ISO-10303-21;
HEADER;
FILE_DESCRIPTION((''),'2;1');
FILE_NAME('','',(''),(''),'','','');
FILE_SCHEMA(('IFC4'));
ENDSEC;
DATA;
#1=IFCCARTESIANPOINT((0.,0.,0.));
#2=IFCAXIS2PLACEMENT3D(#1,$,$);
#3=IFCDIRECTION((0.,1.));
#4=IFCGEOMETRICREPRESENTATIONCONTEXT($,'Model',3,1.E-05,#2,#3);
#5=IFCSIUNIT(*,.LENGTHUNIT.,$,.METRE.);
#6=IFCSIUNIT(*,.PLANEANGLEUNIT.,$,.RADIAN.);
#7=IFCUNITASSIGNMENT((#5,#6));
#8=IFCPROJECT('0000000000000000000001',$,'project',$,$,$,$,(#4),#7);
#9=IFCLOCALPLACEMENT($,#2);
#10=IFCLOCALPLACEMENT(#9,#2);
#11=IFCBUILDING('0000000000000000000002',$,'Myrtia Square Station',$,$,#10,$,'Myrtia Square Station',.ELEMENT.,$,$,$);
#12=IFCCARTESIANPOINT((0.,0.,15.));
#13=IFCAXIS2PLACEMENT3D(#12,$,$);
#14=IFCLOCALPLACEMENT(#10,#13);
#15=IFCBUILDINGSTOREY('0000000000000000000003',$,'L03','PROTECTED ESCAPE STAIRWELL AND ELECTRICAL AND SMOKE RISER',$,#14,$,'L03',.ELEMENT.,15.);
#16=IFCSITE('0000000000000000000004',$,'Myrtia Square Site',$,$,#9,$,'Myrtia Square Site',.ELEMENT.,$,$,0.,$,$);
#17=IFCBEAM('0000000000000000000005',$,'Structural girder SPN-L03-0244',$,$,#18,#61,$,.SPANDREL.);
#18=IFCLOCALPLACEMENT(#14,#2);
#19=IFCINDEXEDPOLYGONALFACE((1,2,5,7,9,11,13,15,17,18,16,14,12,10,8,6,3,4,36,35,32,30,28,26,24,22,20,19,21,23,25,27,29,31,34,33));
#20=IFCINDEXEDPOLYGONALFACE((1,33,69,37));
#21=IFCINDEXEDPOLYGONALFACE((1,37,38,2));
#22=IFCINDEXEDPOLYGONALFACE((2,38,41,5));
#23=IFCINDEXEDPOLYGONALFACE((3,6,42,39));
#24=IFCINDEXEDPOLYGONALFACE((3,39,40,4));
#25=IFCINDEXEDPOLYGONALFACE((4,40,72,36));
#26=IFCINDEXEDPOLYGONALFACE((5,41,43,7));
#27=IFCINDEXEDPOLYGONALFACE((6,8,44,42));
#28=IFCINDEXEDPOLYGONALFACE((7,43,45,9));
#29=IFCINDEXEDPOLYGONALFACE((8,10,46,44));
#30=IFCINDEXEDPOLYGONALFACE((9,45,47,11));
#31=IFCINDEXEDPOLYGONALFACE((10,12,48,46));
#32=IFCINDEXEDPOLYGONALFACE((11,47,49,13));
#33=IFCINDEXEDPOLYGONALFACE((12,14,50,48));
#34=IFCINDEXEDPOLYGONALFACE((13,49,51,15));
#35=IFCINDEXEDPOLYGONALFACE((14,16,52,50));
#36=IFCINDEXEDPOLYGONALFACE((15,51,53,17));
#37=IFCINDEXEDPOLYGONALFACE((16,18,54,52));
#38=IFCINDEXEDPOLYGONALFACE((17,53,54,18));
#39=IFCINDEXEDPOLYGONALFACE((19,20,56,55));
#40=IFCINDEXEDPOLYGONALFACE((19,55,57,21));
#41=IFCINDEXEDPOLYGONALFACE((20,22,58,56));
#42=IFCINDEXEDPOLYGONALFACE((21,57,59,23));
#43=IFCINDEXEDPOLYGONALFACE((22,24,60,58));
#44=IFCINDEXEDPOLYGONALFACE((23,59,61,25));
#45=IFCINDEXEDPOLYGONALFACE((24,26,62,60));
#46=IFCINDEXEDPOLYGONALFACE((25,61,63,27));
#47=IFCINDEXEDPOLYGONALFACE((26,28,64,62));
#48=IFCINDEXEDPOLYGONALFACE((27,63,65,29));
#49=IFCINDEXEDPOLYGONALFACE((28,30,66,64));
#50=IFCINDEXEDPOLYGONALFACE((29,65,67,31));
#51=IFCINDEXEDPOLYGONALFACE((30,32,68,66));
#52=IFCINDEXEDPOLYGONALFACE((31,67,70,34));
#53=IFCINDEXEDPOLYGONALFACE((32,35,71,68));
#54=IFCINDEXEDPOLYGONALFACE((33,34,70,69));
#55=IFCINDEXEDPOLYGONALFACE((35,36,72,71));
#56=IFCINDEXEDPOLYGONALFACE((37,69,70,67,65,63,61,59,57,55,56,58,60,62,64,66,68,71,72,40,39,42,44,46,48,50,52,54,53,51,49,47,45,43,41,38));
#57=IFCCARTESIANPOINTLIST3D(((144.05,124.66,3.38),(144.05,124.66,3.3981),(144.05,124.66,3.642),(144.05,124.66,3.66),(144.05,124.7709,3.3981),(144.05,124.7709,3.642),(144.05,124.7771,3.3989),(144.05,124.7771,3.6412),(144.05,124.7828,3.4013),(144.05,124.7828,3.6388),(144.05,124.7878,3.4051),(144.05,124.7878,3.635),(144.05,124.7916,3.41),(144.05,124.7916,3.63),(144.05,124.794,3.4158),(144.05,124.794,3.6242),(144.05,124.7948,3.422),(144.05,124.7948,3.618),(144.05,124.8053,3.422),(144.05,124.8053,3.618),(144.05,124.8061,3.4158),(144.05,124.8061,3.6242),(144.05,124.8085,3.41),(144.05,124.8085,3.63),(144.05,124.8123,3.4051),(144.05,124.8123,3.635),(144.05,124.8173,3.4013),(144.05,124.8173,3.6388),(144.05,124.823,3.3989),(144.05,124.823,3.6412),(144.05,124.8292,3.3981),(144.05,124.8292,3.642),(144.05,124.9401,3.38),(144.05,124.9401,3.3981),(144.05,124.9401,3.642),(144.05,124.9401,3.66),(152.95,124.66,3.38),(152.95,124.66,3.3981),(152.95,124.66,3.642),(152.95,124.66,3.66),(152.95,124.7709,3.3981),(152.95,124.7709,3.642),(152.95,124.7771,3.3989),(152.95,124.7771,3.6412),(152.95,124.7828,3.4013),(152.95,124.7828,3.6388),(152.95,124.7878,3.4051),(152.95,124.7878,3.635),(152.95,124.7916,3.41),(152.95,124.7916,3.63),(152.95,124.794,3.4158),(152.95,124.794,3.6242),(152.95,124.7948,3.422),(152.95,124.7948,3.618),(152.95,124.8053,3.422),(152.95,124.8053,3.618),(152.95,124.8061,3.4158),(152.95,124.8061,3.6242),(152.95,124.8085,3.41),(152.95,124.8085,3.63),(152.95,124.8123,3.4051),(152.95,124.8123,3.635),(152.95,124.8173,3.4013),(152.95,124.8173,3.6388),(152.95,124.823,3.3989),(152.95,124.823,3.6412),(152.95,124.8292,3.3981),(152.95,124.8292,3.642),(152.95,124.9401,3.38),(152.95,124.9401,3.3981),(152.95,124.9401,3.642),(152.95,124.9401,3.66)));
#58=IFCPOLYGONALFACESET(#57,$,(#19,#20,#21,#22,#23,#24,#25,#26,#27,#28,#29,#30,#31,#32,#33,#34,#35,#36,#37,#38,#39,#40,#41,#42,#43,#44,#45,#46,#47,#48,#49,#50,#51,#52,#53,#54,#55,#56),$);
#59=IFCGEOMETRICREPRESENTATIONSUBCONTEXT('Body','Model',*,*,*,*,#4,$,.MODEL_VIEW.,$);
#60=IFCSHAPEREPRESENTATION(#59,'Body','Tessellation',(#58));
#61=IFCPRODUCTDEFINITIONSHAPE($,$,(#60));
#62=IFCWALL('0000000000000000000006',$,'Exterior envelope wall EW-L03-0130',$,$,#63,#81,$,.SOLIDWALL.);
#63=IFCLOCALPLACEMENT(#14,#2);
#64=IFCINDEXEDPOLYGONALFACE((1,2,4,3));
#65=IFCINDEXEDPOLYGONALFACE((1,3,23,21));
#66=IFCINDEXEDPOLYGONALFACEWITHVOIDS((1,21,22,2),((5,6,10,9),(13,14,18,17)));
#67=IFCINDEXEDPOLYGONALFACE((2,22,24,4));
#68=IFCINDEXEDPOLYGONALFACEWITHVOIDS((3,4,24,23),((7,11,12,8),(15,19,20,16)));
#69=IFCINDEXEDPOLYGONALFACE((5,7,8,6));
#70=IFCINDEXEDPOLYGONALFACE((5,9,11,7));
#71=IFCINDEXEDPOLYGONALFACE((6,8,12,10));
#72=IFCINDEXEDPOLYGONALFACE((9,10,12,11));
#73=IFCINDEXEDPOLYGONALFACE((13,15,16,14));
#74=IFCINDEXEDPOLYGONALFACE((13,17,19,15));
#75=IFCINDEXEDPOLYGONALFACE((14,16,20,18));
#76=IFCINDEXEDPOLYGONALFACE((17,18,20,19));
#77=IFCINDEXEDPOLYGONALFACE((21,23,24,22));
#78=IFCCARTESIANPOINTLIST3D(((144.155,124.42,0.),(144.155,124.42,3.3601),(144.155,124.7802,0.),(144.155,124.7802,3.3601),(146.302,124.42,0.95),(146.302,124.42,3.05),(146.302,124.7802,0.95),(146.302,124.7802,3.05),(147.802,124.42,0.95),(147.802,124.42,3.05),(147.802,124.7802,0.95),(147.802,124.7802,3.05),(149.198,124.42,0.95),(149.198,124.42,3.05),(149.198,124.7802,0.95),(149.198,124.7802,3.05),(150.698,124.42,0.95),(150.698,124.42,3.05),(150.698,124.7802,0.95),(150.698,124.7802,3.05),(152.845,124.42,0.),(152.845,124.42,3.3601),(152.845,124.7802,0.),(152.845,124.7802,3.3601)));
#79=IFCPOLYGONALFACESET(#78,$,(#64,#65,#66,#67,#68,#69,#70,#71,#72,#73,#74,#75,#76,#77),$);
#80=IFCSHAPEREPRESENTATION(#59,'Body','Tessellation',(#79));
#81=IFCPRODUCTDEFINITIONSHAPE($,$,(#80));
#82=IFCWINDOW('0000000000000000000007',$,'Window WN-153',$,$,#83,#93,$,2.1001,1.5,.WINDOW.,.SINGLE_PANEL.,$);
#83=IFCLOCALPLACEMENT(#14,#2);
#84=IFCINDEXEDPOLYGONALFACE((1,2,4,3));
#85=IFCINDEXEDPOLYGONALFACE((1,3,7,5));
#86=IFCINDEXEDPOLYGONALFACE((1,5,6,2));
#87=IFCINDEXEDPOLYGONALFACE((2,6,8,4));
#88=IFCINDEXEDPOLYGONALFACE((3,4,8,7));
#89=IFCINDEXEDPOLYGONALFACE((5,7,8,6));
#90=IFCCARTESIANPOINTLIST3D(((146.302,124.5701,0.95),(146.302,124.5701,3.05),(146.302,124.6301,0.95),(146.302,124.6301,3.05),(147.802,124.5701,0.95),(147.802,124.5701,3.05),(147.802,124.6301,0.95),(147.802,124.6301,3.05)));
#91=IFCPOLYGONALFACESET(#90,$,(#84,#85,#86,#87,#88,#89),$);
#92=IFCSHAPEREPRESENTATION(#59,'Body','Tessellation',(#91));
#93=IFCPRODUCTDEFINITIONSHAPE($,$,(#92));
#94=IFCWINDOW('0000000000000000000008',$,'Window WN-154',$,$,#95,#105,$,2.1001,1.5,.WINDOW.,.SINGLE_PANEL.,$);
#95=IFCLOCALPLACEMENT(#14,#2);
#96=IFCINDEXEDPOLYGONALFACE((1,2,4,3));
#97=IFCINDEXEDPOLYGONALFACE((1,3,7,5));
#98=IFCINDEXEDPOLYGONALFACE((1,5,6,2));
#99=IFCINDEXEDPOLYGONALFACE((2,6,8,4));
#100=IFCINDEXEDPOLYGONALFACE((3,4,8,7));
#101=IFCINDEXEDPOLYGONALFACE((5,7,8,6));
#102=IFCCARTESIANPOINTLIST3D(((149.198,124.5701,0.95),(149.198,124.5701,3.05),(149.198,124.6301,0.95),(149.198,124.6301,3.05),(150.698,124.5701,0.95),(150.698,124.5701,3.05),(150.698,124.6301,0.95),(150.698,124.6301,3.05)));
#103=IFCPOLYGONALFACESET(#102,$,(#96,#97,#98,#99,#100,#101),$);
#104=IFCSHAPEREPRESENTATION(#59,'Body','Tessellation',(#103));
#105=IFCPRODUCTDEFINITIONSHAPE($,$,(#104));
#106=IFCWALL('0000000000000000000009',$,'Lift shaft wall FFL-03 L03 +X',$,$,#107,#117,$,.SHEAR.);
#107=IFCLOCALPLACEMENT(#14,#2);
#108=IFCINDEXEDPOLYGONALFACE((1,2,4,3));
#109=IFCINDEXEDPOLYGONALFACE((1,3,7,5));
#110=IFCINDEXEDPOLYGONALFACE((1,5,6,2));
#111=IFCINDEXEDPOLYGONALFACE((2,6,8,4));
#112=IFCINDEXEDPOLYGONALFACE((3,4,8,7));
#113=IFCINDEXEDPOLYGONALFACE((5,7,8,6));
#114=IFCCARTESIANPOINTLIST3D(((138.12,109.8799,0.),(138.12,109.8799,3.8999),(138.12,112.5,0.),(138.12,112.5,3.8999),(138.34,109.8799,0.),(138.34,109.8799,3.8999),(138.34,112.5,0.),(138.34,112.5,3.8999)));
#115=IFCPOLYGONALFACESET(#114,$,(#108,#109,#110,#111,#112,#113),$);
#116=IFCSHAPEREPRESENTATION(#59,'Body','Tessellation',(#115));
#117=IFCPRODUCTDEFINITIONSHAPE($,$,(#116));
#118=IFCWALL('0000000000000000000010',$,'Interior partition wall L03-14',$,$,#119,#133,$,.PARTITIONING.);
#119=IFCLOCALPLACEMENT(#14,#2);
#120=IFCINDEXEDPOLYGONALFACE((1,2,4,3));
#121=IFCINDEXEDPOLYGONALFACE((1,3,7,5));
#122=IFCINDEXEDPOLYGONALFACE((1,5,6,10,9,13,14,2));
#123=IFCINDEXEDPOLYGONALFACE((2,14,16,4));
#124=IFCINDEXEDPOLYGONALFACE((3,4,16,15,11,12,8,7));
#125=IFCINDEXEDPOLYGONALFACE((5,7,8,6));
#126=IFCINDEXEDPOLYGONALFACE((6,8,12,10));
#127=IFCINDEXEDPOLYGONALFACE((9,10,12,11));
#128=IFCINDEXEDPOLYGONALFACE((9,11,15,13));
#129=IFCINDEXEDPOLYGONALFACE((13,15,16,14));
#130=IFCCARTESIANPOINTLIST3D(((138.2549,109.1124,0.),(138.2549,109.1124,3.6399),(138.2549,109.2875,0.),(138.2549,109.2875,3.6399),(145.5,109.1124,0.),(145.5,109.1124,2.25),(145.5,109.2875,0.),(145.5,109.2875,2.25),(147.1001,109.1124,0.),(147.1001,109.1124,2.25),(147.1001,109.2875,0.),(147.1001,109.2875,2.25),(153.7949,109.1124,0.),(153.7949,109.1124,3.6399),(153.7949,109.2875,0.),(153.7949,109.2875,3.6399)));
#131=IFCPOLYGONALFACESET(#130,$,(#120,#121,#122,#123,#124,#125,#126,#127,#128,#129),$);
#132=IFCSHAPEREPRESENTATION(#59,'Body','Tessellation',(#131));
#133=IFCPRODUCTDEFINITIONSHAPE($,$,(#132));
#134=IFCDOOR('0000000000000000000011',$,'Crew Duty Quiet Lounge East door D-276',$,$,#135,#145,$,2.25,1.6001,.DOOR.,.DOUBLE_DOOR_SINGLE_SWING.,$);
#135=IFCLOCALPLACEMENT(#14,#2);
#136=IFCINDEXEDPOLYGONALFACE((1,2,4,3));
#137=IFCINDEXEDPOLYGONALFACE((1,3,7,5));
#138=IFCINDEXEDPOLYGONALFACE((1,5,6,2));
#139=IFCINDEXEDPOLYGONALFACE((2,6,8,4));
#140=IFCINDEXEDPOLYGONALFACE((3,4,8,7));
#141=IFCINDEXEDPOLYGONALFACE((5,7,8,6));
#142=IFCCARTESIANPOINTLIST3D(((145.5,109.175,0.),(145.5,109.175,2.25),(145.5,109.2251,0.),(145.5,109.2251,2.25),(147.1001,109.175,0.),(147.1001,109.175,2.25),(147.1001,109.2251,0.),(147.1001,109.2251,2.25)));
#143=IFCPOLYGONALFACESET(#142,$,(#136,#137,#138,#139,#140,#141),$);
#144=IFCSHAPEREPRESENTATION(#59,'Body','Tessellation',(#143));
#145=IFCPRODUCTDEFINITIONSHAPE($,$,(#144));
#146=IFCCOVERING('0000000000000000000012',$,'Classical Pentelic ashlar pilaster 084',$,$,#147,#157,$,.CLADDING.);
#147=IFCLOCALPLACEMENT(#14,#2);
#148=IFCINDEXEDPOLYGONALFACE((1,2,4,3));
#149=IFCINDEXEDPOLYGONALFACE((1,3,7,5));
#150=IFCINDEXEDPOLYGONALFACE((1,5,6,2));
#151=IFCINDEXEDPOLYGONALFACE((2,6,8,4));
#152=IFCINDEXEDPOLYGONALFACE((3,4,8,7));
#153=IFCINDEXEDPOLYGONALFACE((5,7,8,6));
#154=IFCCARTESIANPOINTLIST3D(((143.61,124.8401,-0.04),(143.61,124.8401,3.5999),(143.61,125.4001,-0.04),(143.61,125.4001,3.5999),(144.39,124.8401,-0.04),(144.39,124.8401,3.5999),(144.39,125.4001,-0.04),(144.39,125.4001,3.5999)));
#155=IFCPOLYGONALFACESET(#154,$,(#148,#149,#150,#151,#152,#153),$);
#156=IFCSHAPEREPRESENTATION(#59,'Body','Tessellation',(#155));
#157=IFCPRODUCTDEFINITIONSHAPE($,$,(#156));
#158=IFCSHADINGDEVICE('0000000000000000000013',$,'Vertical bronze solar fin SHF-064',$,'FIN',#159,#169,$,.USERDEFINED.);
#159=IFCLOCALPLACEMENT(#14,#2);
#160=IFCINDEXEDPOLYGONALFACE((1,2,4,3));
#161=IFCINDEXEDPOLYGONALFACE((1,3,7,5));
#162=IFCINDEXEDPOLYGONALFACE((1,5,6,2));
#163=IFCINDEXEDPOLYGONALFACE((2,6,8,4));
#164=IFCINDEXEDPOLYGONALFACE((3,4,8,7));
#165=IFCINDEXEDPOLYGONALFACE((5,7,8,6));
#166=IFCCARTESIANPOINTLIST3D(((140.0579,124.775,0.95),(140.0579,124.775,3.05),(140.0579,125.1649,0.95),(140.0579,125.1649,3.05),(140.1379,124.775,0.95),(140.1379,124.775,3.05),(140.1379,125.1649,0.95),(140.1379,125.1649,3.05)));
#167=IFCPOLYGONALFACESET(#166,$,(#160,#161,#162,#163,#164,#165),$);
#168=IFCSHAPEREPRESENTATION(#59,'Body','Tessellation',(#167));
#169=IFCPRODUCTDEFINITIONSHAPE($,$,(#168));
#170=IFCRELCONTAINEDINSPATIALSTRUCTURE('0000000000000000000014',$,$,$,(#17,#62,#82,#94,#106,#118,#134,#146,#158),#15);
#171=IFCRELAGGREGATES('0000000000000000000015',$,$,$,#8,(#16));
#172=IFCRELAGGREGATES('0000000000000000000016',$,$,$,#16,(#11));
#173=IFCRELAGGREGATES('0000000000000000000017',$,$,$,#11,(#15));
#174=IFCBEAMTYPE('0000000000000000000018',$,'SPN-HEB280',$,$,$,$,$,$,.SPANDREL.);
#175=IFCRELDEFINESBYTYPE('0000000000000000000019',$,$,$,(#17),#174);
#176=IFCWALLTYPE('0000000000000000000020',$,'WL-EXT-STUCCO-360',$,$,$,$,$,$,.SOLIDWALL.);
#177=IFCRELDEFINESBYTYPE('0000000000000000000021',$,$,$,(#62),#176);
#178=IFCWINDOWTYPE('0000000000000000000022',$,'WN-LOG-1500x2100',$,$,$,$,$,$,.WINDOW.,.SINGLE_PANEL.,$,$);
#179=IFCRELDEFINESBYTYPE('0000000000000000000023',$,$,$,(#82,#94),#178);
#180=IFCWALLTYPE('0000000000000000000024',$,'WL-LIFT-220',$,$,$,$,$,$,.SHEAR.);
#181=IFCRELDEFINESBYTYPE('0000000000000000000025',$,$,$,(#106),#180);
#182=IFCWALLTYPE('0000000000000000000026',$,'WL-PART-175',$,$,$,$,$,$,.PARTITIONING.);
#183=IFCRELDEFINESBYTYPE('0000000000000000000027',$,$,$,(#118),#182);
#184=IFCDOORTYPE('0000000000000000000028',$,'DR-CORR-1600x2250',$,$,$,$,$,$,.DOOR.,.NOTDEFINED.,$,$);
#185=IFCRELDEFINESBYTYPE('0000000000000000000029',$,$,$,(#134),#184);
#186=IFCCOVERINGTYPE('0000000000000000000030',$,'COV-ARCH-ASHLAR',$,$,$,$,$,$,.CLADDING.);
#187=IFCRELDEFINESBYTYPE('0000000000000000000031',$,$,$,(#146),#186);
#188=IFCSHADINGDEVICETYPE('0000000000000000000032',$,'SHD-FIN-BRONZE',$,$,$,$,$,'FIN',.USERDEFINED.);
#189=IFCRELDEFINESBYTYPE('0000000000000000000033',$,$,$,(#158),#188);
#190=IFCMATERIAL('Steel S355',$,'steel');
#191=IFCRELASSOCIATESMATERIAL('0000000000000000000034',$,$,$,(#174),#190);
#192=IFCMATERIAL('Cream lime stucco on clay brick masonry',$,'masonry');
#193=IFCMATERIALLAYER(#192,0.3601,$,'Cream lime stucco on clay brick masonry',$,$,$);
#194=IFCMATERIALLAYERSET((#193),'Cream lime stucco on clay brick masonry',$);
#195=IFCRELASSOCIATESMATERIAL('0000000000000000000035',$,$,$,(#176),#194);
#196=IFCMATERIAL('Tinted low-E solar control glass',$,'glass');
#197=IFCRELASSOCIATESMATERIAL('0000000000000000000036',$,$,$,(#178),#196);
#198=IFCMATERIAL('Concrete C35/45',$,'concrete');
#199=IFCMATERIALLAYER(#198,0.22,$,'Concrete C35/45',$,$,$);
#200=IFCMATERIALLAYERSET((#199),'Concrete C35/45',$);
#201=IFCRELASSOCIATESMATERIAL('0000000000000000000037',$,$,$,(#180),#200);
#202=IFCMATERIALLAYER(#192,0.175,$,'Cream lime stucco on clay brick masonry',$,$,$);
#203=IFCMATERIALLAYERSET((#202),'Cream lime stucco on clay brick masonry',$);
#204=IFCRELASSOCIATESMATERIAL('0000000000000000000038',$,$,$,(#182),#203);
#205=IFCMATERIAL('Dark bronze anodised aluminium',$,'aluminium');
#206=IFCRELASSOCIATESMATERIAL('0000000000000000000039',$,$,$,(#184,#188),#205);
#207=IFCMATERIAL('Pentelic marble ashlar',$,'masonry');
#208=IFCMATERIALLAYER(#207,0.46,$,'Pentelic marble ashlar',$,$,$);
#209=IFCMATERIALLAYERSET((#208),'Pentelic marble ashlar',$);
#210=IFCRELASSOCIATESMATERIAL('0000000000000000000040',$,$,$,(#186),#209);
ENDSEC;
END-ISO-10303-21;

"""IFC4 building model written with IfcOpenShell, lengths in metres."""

from ifc_helpers import new_model, si_unit, direction, frame, frame_2d, origin, origin_2d, place, context, subcontext, project, spatial, rectangle, i_section, extrude, material, layer, layer_set, material_profile, profile_set, type_object, element, fill, save


model = new_model("IFC4")

# Units and contexts
model_context = context("Model", 3, precision=1e-05, world=origin(), true_north=direction((0.0, 1.0)))
body_context = subcontext(model_context, "Body", "Model", "MODEL_VIEW")
ifc_project = project(units=[si_unit("LENGTHUNIT", "METRE"), si_unit("PLANEANGLEUNIT", "RADIAN")], contexts=[model_context])

# Site, building, storey
site_placement = place(None, origin())
site = spatial("IfcSite", under=ifc_project, at=site_placement, Name="Myrtia Square Site", LongName="Myrtia Square Site", CompositionType="ELEMENT", RefElevation=0.0)
building_placement = place(site_placement, origin())
building = spatial("IfcBuilding", under=site, at=building_placement, Name="Myrtia Square Station", LongName="Myrtia Square Station", CompositionType="ELEMENT")
storey_placement = place(building_placement, frame((0.0, 0.0, 15.0)))
storey = spatial("IfcBuildingStorey", under=building, at=storey_placement, Name="L03", Description="PROTECTED ESCAPE STAIRWELL AND ELECTRICAL AND SMOKE RISER", LongName="L03", CompositionType="ELEMENT", Elevation=15.0)

# Shared definitions
ifc_material_1 = material(Name="Steel S355", Category="steel")

# Beam
ifc_material_profile_1 = material_profile(ifc_material_1, i_section(OverallWidth=0.28, OverallDepth=0.28, WebThickness=0.0105, FlangeThickness=0.0181, FilletRadius=0.0239, at=origin_2d()), Name="HEB 280")
ifc_profile_set_1 = profile_set([ifc_material_profile_1], Name="Steel S355")
beam_type_1 = type_object("IfcBeamType", Name="SPN-HEB280", PredefinedType="SPANDREL", material=ifc_profile_set_1)
beam_1_placement = place(storey_placement, frame((144.05, 124.8, 3.52), z_axis=(1.0, 0.0, 0.0), x_axis=(0.0, 1.0, 0.0)))
element("IfcBeam", 1, at=beam_1_placement, inside=storey, type_object=beam_type_1, Name="Structural girder SPN-L03-0244", PredefinedType="SPANDREL", context=body_context, shape_type="SweptSolid", body=[
    extrude(i_section(OverallWidth=0.28, OverallDepth=0.28, WebThickness=0.0105, FlangeThickness=0.0181, FilletRadius=0.0239, at=origin_2d()), origin(), (0.0, 0.0, 1.0), 8.8999),
])

# Wall, openings, windows
ifc_material_2 = material(Name="Cream lime stucco on clay brick masonry", Category="masonry")
ifc_layer_1 = layer(ifc_material_2, 0.3601, Name="Cream lime stucco on clay brick masonry")
ifc_layer_set_1 = layer_set([ifc_layer_1], Name="Cream lime stucco on clay brick masonry")
wall_type_1 = type_object("IfcWallType", Name="WL-EXT-STUCCO-360", PredefinedType="SOLIDWALL", material=ifc_layer_set_1)
wall_1_placement = place(storey_placement, frame((144.155, 124.6001, 0.0), z_axis=(0.0, 0.0, 1.0), x_axis=(1.0, 0.0, 0.0)))
wall_1 = element("IfcWall", 2, at=wall_1_placement, inside=storey, type_object=wall_type_1, Name="Exterior envelope wall EW-L03-0130", PredefinedType="SOLIDWALL", context=body_context, shape_type="SweptSolid", body=[
    extrude(rectangle(XDim=8.6899, YDim=0.3601, at=frame_2d((4.345, 0.0))), origin(), (0.0, 0.0, 1.0), 3.3601),
])
opening_1_placement = place(wall_1_placement, frame((2.147, 0.0, 0.95)))
opening_1 = element("IfcOpeningElement", 3, at=opening_1_placement, cuts=wall_1, PredefinedType="OPENING", context=body_context, shape_type="SweptSolid", body=[
    extrude(rectangle(XDim=1.5, YDim=2.1001, at=frame_2d((0.75, 1.05))), frame((0.0, 0.1951, 0.0), z_axis=(0.0, -1.0, 0.0), x_axis=(1.0, 0.0, 0.0)), (0.0, 0.0, 1.0), 0.3901),
])
opening_2_placement = place(wall_1_placement, frame((5.043, 0.0, 0.95)))
opening_2 = element("IfcOpeningElement", 4, at=opening_2_placement, cuts=wall_1, PredefinedType="OPENING", context=body_context, shape_type="SweptSolid", body=[
    extrude(rectangle(XDim=1.5, YDim=2.1001, at=frame_2d((0.75, 1.05))), frame((0.0, 0.1951, 0.0), z_axis=(0.0, -1.0, 0.0), x_axis=(1.0, 0.0, 0.0)), (0.0, 0.0, 1.0), 0.3901),
])
ifc_material_3 = material(Name="Tinted low-E solar control glass", Category="glass")
window_type = type_object("IfcWindowType", Name="WN-LOG-1500x2100", PartitioningType="SINGLE_PANEL", PredefinedType="WINDOW", material=ifc_material_3)
window_1_placement = place(opening_1_placement, origin())
window_1 = element("IfcWindow", 5, at=window_1_placement, inside=storey, type_object=window_type, Name="Window WN-153", OverallHeight=2.1001, OverallWidth=1.5, PartitioningType="SINGLE_PANEL", PredefinedType="WINDOW", context=body_context, shape_type="SweptSolid", body=[
    extrude(rectangle(XDim=1.5, YDim=2.1001, at=frame_2d((0.75, 1.05))), frame((0.0, 0.03, 0.0), z_axis=(0.0, -1.0, 0.0), x_axis=(1.0, 0.0, 0.0)), (0.0, 0.0, 1.0), 0.0601),
])
fill(opening_1, window_1)
window_2_placement = place(opening_2_placement, origin())
window_2 = element("IfcWindow", 6, at=window_2_placement, inside=storey, type_object=window_type, Name="Window WN-154", OverallHeight=2.1001, OverallWidth=1.5, PartitioningType="SINGLE_PANEL", PredefinedType="WINDOW", context=body_context, shape_type="SweptSolid", body=[
    extrude(rectangle(XDim=1.5, YDim=2.1001, at=frame_2d((0.75, 1.05))), frame((0.0, 0.03, 0.0), z_axis=(0.0, -1.0, 0.0), x_axis=(1.0, 0.0, 0.0)), (0.0, 0.0, 1.0), 0.0601),
])
fill(opening_2, window_2)

# Wall
ifc_material_4 = material(Name="Concrete C35/45", Category="concrete")
ifc_layer_2 = layer(ifc_material_4, 0.22, Name="Concrete C35/45")
ifc_layer_set_2 = layer_set([ifc_layer_2], Name="Concrete C35/45")
wall_type_2 = type_object("IfcWallType", Name="WL-LIFT-220", PredefinedType="SHEAR", material=ifc_layer_set_2)
wall_2_placement = place(storey_placement, frame((138.23, 109.8799, 0.0), z_axis=(0.0, 0.0, 1.0), x_axis=(0.0, 1.0, 0.0)))
element("IfcWall", 7, at=wall_2_placement, inside=storey, type_object=wall_type_2, Name="Lift shaft wall FFL-03 L03 +X", PredefinedType="SHEAR", context=body_context, shape_type="SweptSolid", body=[
    extrude(rectangle(XDim=2.6201, YDim=0.22, at=frame_2d((1.3101, 0.0))), origin(), (0.0, 0.0, 1.0), 3.8999),
])

# Wall, opening, door
ifc_layer_3 = layer(ifc_material_2, 0.175, Name="Cream lime stucco on clay brick masonry")
ifc_layer_set_3 = layer_set([ifc_layer_3], Name="Cream lime stucco on clay brick masonry")
wall_type_3 = type_object("IfcWallType", Name="WL-PART-175", PredefinedType="PARTITIONING", material=ifc_layer_set_3)
wall_3_placement = place(storey_placement, frame((138.2549, 109.2, 0.0), z_axis=(0.0, 0.0, 1.0), x_axis=(1.0, 0.0, 0.0)))
wall_3 = element("IfcWall", 8, at=wall_3_placement, inside=storey, type_object=wall_type_3, Name="Interior partition wall L03-14", PredefinedType="PARTITIONING", context=body_context, shape_type="SweptSolid", body=[
    extrude(rectangle(XDim=15.54, YDim=0.175, at=frame_2d((7.77, 0.0))), origin(), (0.0, 0.0, 1.0), 3.6399),
])
opening_3_placement = place(wall_3_placement, frame((7.2451, 0.0, 0.0)))
opening_3 = element("IfcOpeningElement", 9, at=opening_3_placement, cuts=wall_3, PredefinedType="OPENING", context=body_context, shape_type="SweptSolid", body=[
    extrude(rectangle(XDim=1.6001, YDim=2.25, at=frame_2d((0.8, 1.125))), frame((0.0, 0.1025, 0.0), z_axis=(0.0, -1.0, 0.0), x_axis=(1.0, 0.0, 0.0)), (0.0, 0.0, 1.0), 0.2051),
])
ifc_material_5 = material(Name="Dark bronze anodised aluminium", Category="aluminium")
door_type = type_object("IfcDoorType", Name="DR-CORR-1600x2250", OperationType="NOTDEFINED", PredefinedType="DOOR", material=ifc_material_5)
door_placement = place(opening_3_placement, frame((1.6001, 0.0, 0.0), z_axis=(0.0, 0.0, 1.0), x_axis=(-1.0, 0.0, 0.0)))
door = element("IfcDoor", 10, at=door_placement, inside=storey, type_object=door_type, Name="Crew Duty Quiet Lounge East door D-276", OperationType="DOUBLE_DOOR_SINGLE_SWING", OverallHeight=2.25, OverallWidth=1.6001, PredefinedType="DOOR", context=body_context, shape_type="SweptSolid", body=[
    extrude(rectangle(XDim=1.6001, YDim=2.25, at=frame_2d((0.8, 1.125))), frame((0.0, 0.0249, 0.0), z_axis=(0.0, -1.0, 0.0), x_axis=(1.0, 0.0, 0.0)), (0.0, 0.0, 1.0), 0.05),
])
fill(opening_3, door)

# Covering
ifc_material_6 = material(Name="Pentelic marble ashlar", Category="masonry")
ifc_layer_4 = layer(ifc_material_6, 0.46, Name="Pentelic marble ashlar")
ifc_layer_set_4 = layer_set([ifc_layer_4], Name="Pentelic marble ashlar")
covering_type = type_object("IfcCoveringType", Name="COV-ARCH-ASHLAR", PredefinedType="CLADDING", material=ifc_layer_set_4)
covering_placement = place(storey_placement, frame((144.0, 125.1201, -0.04), z_axis=(0.0, 0.0, 1.0), x_axis=(1.0, 0.0, 0.0)))
element("IfcCovering", 11, at=covering_placement, inside=storey, type_object=covering_type, Name="Classical Pentelic ashlar pilaster 084", PredefinedType="CLADDING", context=body_context, shape_type="SweptSolid", body=[
    extrude(rectangle(XDim=0.78, YDim=0.5601, at=origin_2d()), origin(), (0.0, 0.0, 1.0), 3.6399),
])

# Shading device
shading_device_type_1 = type_object("IfcShadingDeviceType", Name="SHD-FIN-BRONZE", ElementType="FIN", PredefinedType="USERDEFINED", material=ifc_material_5)
for number, where, z_axis, x_axis, name in (
    (12, (140.0979, 124.97, 0.95), (0.0, 0.0, 1.0), (1.0, 0.0, 0.0), "Vertical bronze solar fin SHF-064"),
):
    element("IfcShadingDevice", number, at=place(storey_placement, frame(where, z_axis=z_axis, x_axis=x_axis)), inside=storey, type_object=shading_device_type_1, Name=name, ObjectType="FIN", PredefinedType="USERDEFINED", context=body_context, shape_type="SweptSolid", body=[
        extrude(rectangle(XDim=0.0801, YDim=0.3899, at=origin_2d()), origin(), (0.0, 0.0, 1.0), 2.1001),
    ])

save(model, "model.ifc")
